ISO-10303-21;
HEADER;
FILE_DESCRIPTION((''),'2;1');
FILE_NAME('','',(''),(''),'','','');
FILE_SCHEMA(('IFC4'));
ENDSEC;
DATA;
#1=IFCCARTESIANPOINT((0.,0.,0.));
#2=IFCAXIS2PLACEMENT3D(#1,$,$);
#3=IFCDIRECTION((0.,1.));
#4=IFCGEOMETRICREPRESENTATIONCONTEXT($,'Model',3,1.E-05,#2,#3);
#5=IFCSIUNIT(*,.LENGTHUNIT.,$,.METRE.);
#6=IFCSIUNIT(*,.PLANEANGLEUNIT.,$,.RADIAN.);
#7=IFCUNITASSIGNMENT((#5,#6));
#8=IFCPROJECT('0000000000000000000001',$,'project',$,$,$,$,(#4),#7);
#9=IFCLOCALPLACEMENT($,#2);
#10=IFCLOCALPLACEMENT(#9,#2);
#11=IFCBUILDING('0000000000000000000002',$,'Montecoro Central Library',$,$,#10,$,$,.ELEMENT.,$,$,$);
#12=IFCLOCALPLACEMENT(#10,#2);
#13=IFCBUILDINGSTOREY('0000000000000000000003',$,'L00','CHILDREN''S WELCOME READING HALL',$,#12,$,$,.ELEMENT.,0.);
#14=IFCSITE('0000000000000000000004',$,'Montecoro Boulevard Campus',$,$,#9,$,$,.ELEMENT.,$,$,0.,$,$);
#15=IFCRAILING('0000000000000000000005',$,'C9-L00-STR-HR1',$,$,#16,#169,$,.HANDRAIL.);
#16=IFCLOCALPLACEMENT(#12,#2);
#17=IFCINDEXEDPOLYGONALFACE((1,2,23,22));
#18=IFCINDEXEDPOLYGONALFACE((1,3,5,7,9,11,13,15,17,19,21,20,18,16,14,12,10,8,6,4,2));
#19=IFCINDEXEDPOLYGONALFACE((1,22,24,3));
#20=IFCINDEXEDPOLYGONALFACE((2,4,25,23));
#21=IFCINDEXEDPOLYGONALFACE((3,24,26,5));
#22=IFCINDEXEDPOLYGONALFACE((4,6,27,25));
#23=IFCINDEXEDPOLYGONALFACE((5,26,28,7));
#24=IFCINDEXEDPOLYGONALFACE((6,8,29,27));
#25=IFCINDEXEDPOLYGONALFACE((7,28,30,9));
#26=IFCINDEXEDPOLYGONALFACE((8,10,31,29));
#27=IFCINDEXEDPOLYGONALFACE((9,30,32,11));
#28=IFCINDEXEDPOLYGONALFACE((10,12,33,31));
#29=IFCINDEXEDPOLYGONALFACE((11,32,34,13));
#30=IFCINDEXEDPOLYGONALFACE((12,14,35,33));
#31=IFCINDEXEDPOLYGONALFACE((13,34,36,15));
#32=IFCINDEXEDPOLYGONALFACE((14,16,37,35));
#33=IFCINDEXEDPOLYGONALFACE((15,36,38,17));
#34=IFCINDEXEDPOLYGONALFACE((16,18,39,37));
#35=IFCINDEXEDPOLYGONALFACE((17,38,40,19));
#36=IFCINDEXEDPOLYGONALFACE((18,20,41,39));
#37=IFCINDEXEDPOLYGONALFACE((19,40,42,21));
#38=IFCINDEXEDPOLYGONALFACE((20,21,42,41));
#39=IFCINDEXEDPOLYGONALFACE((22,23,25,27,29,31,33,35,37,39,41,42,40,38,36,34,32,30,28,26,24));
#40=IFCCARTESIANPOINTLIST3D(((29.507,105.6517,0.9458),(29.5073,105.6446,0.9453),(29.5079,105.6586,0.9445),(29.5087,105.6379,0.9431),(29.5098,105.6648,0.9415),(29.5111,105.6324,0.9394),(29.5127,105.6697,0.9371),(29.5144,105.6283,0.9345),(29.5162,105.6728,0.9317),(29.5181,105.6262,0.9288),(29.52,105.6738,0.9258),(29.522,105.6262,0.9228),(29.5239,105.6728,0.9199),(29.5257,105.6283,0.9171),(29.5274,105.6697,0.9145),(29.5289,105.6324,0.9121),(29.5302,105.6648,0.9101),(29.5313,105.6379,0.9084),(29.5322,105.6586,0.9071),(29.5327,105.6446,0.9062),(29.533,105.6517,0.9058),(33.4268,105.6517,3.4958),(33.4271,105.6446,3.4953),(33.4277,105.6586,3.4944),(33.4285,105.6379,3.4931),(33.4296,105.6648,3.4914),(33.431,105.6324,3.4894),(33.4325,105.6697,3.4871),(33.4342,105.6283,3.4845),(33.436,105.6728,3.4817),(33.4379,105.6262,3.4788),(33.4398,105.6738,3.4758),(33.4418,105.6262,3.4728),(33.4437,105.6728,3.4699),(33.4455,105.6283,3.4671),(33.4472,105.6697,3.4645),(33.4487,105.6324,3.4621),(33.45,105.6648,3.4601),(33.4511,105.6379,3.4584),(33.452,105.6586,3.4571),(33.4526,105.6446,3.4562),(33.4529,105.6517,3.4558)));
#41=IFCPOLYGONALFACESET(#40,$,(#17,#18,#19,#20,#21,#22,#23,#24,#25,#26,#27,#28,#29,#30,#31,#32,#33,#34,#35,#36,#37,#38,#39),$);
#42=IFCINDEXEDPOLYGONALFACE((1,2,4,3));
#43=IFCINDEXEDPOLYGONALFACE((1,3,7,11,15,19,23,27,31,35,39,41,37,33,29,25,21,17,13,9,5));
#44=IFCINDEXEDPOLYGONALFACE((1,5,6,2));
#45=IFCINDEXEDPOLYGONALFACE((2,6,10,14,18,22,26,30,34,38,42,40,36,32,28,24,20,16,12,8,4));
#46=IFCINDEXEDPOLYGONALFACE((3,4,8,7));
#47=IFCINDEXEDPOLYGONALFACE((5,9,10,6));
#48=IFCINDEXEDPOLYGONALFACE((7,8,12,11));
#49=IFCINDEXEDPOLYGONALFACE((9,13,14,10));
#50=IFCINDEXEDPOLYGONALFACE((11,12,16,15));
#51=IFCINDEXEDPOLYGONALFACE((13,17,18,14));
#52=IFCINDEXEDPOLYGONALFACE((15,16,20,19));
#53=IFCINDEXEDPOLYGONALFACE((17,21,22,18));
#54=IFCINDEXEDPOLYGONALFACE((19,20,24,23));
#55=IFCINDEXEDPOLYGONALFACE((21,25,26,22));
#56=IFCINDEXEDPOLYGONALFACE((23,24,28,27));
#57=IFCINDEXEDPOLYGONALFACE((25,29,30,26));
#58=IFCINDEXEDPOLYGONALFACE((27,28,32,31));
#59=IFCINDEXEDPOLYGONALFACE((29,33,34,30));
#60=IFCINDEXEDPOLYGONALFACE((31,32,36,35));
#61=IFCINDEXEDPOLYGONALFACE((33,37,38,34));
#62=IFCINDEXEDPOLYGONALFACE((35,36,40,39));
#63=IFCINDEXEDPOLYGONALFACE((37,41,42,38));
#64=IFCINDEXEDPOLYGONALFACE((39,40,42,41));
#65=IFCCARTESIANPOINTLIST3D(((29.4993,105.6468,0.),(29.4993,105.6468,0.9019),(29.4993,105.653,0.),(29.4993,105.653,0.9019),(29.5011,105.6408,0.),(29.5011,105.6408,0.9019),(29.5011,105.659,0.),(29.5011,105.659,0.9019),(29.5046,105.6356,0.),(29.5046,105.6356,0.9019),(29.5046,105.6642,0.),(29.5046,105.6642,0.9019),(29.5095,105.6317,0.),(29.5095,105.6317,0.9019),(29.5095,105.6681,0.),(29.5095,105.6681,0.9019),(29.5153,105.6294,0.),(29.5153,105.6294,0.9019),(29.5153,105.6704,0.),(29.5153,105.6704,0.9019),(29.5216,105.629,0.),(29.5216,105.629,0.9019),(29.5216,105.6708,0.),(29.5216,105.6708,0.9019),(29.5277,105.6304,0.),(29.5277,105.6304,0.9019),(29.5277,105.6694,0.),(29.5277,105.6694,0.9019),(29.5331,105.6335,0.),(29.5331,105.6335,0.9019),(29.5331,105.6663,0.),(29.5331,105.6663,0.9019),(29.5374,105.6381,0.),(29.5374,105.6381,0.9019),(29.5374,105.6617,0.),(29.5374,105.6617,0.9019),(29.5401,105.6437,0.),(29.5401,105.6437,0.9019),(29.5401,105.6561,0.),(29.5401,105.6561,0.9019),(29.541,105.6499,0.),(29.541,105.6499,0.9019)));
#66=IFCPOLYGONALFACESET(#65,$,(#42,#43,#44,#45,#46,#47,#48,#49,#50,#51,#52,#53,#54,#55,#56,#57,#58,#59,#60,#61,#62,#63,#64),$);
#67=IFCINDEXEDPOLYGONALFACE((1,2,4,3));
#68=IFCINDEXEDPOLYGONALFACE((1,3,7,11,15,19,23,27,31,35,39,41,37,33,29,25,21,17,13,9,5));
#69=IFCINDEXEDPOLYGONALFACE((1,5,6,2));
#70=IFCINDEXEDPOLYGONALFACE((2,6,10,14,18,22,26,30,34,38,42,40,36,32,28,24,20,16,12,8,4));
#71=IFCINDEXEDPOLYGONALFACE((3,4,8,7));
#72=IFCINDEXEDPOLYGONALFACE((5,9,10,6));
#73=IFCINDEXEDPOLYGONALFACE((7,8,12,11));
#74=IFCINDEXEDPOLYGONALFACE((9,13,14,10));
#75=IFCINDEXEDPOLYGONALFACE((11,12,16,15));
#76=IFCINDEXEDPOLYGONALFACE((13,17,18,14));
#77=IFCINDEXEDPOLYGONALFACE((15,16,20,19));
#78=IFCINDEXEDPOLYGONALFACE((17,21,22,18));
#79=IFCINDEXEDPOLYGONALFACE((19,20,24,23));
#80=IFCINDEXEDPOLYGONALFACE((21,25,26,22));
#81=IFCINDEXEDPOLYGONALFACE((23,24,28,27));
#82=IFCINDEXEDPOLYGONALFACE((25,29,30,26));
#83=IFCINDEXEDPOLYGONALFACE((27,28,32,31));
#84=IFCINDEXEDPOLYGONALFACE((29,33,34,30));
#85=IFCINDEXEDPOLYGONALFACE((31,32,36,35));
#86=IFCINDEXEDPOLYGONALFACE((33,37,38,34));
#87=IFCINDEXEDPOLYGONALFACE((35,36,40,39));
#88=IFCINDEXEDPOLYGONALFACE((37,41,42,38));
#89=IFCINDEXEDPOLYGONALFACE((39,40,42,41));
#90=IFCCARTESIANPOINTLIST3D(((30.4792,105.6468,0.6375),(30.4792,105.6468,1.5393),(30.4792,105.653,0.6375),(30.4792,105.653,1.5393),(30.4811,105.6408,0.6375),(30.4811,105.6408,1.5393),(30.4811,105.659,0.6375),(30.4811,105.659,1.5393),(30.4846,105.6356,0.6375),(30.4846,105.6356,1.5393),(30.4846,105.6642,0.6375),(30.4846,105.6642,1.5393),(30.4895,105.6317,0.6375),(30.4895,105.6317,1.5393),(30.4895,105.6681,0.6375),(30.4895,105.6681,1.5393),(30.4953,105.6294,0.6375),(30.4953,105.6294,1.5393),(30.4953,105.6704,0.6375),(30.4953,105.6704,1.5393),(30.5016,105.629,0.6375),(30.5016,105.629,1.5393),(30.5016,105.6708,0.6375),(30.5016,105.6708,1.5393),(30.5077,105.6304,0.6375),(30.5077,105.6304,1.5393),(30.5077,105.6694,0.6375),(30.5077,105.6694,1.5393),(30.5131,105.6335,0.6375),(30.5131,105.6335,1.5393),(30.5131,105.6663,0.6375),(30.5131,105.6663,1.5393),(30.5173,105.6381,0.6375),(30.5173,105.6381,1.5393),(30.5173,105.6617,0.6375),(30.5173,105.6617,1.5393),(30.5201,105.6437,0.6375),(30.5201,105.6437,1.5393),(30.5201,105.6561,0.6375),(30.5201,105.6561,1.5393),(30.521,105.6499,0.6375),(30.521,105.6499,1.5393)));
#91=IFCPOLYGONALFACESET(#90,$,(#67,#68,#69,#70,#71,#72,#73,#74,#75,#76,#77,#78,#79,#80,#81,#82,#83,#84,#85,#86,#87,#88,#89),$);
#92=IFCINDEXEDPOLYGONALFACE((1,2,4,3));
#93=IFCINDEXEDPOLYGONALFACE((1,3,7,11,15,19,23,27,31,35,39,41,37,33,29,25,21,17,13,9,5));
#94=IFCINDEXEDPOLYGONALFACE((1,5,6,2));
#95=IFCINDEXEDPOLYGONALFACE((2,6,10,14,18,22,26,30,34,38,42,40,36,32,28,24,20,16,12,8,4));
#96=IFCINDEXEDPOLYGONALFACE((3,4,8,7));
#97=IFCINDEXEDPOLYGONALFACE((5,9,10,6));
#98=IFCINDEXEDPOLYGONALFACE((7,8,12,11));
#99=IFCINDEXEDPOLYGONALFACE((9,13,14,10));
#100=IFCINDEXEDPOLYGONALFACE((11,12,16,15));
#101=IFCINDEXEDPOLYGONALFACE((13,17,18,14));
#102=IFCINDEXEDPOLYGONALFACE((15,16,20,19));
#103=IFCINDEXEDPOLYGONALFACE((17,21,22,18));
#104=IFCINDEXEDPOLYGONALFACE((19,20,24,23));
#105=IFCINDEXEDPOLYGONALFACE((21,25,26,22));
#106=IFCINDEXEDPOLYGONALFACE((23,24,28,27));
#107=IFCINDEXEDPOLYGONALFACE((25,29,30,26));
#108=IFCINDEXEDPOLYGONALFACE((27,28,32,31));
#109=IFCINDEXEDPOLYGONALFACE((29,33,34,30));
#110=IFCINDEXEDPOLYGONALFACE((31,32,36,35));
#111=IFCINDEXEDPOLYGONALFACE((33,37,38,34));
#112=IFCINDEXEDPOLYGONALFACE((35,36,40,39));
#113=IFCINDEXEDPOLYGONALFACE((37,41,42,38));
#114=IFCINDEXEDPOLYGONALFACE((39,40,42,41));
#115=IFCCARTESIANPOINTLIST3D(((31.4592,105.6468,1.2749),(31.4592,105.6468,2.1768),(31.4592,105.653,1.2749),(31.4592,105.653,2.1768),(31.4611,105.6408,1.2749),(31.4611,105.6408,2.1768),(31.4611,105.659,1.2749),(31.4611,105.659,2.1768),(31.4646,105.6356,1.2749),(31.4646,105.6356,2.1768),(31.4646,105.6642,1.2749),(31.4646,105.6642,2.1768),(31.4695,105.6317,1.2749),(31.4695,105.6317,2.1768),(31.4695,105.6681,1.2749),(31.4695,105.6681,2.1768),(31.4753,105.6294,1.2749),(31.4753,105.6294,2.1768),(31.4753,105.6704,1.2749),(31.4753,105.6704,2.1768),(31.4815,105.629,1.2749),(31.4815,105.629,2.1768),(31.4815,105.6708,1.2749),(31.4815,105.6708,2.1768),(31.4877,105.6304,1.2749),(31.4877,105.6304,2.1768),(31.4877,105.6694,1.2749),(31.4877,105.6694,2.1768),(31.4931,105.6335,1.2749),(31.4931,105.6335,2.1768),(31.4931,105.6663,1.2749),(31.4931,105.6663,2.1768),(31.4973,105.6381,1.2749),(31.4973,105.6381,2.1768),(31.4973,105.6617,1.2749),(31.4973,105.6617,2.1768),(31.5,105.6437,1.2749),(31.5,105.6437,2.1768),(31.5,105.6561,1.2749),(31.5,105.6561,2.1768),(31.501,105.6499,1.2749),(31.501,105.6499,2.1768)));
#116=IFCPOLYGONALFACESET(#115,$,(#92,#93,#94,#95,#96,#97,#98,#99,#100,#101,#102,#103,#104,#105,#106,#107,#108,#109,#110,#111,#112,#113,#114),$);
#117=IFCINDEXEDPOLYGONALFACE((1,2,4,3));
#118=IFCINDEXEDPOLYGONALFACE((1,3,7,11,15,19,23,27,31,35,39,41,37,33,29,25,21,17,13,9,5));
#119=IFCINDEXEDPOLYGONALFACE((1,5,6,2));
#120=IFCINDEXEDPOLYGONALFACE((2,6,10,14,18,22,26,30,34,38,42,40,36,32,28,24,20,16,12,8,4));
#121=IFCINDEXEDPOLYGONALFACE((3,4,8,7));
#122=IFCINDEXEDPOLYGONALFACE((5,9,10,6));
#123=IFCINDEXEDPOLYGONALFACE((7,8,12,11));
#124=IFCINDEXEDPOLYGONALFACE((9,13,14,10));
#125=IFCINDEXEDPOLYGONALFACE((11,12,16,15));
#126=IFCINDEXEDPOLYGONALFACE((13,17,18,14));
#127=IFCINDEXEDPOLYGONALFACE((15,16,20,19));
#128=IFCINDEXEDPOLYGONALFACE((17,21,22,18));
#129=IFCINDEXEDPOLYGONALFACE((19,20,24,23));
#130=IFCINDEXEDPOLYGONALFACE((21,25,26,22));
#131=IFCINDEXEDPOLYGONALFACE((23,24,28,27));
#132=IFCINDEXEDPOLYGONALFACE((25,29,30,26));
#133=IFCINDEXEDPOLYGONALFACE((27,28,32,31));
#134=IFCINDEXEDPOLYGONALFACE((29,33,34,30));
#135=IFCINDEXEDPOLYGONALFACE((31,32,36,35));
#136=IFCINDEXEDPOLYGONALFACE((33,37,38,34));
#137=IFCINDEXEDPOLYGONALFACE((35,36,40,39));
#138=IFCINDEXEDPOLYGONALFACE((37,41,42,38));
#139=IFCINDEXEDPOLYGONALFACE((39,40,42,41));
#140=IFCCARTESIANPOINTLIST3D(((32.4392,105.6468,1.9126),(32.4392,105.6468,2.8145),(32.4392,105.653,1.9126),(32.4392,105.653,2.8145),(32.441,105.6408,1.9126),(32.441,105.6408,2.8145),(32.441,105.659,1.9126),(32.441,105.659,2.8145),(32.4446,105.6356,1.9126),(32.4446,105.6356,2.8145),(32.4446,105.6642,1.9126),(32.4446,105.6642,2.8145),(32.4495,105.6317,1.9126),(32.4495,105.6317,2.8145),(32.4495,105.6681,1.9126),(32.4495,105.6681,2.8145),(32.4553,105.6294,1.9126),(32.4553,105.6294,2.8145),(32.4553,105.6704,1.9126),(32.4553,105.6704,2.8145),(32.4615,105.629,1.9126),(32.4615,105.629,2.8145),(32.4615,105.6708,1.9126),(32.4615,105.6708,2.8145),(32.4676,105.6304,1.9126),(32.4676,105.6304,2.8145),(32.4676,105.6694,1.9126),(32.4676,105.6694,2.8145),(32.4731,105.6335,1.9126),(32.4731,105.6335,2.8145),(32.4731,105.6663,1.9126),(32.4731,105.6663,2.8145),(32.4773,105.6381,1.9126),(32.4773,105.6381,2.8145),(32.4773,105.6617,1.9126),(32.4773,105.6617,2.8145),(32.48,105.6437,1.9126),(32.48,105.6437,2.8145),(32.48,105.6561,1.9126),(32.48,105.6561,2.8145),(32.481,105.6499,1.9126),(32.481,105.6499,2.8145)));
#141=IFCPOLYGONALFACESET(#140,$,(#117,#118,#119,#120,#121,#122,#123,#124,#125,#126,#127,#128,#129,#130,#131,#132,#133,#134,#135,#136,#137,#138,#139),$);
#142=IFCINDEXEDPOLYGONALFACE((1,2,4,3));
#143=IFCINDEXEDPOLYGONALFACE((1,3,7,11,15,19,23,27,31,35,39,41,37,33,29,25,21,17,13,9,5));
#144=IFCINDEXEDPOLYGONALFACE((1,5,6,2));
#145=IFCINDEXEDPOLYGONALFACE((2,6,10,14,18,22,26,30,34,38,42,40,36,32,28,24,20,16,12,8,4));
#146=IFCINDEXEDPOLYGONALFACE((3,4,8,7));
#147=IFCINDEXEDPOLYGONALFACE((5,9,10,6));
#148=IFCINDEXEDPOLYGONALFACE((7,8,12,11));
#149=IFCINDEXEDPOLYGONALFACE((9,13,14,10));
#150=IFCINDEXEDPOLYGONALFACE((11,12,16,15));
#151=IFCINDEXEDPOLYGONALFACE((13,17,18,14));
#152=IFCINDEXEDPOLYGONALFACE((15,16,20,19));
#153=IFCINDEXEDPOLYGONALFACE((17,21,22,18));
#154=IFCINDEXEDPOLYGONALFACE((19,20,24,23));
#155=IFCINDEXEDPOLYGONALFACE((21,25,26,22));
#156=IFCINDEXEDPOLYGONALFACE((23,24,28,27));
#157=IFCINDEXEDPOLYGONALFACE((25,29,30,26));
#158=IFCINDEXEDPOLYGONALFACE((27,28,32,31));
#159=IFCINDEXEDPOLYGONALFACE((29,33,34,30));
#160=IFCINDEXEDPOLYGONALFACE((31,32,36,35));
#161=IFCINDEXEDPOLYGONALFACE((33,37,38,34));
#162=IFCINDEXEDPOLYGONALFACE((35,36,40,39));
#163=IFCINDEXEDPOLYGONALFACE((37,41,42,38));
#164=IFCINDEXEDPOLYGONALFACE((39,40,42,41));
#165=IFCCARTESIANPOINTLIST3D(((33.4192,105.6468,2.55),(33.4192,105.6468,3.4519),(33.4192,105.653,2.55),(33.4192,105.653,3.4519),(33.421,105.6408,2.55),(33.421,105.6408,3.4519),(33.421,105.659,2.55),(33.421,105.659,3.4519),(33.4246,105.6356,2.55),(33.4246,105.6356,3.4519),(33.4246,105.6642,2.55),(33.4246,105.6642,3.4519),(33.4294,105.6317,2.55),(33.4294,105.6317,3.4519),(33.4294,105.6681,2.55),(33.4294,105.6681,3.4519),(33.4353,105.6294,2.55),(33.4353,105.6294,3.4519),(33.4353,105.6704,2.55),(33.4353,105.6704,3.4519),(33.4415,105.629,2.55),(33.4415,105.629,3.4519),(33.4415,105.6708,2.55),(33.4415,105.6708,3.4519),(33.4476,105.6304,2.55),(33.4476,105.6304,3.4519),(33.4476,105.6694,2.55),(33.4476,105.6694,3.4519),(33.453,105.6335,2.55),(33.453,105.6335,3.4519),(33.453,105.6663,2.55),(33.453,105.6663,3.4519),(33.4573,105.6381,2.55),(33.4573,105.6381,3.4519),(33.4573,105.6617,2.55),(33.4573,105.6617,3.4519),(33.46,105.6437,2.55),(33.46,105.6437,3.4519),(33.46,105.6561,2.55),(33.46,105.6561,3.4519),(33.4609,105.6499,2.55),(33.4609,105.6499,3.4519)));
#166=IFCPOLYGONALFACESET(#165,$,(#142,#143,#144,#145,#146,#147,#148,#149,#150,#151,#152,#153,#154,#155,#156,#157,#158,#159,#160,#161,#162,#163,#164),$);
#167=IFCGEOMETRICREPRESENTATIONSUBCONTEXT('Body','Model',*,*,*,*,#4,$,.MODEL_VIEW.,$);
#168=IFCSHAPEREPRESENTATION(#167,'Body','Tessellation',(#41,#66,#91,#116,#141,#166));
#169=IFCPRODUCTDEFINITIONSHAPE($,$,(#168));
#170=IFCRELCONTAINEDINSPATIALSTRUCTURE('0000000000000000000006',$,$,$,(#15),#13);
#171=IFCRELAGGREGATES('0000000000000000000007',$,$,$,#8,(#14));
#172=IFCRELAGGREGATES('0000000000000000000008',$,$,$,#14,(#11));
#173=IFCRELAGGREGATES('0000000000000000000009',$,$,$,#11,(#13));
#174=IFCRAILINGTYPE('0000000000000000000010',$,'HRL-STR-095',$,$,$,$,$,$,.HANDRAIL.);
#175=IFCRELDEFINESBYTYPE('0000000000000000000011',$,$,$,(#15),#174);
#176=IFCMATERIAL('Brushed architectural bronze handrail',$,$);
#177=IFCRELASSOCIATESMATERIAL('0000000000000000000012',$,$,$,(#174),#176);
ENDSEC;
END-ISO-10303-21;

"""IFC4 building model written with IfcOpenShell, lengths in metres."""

from ifc_helpers import new_model, si_unit, direction, frame, origin, origin_2d, place, context, subcontext, project, spatial, circle, extrude, material, type_object, element, save


model = new_model("IFC4")

# Units and contexts
model_context = context("Model", 3, precision=1e-05, world=origin(), true_north=direction((0.0, 1.0)))
body_context = subcontext(model_context, "Body", "Model", "MODEL_VIEW")
ifc_project = project(units=[si_unit("LENGTHUNIT", "METRE"), si_unit("PLANEANGLEUNIT", "RADIAN")], contexts=[model_context])

# Site, building, storey
site_placement = place(None, origin())
site = spatial("IfcSite", under=ifc_project, at=site_placement, Name="Montecoro Boulevard Campus", CompositionType="ELEMENT", RefElevation=0.0)
building_placement = place(site_placement, origin())
building = spatial("IfcBuilding", under=site, at=building_placement, Name="Montecoro Central Library", CompositionType="ELEMENT")
storey_placement = place(building_placement, origin())
storey = spatial("IfcBuildingStorey", under=building, at=storey_placement, Name="L00", Description="CHILDREN'S WELCOME READING HALL", CompositionType="ELEMENT", Elevation=0.0)

# Railing
ifc_material_1 = material(Name="Brushed architectural bronze handrail")
railing_type_1 = type_object("IfcRailingType", Name="HRL-STR-095", PredefinedType="HANDRAIL", material=ifc_material_1)
railing_1_placement = place(storey_placement, frame((29.52, 105.6499, 0.0)))
element("IfcRailing", 1, at=railing_1_placement, inside=storey, type_object=railing_type_1, Name="C9-L00-STR-HR1", PredefinedType="HANDRAIL", context=body_context, shape_type="SweptSolid", body=[
    extrude(circle(Radius=0.0239, at=origin_2d()), frame((0.0, 0.0, 0.9258), z_axis=(0.838238, 0.0, 0.545304), x_axis=(0.0, 1.0, 0.0)), (0.0, 0.0, 1.0), 4.6763),
    extrude(circle(Radius=0.021, at=origin_2d()), origin(), (0.0, 0.0, 1.0), 0.9019),
    extrude(circle(Radius=0.021, at=origin_2d()), frame((0.98, 0.0, 0.6375)), (0.0, 0.0, 1.0), 0.9019),
    extrude(circle(Radius=0.021, at=origin_2d()), frame((1.96, 0.0, 1.2749)), (0.0, 0.0, 1.0), 0.9019),
    extrude(circle(Radius=0.021, at=origin_2d()), frame((2.9399, 0.0, 1.9126)), (0.0, 0.0, 1.0), 0.9019),
    extrude(circle(Radius=0.021, at=origin_2d()), frame((3.9199, 0.0, 2.55)), (0.0, 0.0, 1.0), 0.9019),
])

save(model, "model.ifc")
